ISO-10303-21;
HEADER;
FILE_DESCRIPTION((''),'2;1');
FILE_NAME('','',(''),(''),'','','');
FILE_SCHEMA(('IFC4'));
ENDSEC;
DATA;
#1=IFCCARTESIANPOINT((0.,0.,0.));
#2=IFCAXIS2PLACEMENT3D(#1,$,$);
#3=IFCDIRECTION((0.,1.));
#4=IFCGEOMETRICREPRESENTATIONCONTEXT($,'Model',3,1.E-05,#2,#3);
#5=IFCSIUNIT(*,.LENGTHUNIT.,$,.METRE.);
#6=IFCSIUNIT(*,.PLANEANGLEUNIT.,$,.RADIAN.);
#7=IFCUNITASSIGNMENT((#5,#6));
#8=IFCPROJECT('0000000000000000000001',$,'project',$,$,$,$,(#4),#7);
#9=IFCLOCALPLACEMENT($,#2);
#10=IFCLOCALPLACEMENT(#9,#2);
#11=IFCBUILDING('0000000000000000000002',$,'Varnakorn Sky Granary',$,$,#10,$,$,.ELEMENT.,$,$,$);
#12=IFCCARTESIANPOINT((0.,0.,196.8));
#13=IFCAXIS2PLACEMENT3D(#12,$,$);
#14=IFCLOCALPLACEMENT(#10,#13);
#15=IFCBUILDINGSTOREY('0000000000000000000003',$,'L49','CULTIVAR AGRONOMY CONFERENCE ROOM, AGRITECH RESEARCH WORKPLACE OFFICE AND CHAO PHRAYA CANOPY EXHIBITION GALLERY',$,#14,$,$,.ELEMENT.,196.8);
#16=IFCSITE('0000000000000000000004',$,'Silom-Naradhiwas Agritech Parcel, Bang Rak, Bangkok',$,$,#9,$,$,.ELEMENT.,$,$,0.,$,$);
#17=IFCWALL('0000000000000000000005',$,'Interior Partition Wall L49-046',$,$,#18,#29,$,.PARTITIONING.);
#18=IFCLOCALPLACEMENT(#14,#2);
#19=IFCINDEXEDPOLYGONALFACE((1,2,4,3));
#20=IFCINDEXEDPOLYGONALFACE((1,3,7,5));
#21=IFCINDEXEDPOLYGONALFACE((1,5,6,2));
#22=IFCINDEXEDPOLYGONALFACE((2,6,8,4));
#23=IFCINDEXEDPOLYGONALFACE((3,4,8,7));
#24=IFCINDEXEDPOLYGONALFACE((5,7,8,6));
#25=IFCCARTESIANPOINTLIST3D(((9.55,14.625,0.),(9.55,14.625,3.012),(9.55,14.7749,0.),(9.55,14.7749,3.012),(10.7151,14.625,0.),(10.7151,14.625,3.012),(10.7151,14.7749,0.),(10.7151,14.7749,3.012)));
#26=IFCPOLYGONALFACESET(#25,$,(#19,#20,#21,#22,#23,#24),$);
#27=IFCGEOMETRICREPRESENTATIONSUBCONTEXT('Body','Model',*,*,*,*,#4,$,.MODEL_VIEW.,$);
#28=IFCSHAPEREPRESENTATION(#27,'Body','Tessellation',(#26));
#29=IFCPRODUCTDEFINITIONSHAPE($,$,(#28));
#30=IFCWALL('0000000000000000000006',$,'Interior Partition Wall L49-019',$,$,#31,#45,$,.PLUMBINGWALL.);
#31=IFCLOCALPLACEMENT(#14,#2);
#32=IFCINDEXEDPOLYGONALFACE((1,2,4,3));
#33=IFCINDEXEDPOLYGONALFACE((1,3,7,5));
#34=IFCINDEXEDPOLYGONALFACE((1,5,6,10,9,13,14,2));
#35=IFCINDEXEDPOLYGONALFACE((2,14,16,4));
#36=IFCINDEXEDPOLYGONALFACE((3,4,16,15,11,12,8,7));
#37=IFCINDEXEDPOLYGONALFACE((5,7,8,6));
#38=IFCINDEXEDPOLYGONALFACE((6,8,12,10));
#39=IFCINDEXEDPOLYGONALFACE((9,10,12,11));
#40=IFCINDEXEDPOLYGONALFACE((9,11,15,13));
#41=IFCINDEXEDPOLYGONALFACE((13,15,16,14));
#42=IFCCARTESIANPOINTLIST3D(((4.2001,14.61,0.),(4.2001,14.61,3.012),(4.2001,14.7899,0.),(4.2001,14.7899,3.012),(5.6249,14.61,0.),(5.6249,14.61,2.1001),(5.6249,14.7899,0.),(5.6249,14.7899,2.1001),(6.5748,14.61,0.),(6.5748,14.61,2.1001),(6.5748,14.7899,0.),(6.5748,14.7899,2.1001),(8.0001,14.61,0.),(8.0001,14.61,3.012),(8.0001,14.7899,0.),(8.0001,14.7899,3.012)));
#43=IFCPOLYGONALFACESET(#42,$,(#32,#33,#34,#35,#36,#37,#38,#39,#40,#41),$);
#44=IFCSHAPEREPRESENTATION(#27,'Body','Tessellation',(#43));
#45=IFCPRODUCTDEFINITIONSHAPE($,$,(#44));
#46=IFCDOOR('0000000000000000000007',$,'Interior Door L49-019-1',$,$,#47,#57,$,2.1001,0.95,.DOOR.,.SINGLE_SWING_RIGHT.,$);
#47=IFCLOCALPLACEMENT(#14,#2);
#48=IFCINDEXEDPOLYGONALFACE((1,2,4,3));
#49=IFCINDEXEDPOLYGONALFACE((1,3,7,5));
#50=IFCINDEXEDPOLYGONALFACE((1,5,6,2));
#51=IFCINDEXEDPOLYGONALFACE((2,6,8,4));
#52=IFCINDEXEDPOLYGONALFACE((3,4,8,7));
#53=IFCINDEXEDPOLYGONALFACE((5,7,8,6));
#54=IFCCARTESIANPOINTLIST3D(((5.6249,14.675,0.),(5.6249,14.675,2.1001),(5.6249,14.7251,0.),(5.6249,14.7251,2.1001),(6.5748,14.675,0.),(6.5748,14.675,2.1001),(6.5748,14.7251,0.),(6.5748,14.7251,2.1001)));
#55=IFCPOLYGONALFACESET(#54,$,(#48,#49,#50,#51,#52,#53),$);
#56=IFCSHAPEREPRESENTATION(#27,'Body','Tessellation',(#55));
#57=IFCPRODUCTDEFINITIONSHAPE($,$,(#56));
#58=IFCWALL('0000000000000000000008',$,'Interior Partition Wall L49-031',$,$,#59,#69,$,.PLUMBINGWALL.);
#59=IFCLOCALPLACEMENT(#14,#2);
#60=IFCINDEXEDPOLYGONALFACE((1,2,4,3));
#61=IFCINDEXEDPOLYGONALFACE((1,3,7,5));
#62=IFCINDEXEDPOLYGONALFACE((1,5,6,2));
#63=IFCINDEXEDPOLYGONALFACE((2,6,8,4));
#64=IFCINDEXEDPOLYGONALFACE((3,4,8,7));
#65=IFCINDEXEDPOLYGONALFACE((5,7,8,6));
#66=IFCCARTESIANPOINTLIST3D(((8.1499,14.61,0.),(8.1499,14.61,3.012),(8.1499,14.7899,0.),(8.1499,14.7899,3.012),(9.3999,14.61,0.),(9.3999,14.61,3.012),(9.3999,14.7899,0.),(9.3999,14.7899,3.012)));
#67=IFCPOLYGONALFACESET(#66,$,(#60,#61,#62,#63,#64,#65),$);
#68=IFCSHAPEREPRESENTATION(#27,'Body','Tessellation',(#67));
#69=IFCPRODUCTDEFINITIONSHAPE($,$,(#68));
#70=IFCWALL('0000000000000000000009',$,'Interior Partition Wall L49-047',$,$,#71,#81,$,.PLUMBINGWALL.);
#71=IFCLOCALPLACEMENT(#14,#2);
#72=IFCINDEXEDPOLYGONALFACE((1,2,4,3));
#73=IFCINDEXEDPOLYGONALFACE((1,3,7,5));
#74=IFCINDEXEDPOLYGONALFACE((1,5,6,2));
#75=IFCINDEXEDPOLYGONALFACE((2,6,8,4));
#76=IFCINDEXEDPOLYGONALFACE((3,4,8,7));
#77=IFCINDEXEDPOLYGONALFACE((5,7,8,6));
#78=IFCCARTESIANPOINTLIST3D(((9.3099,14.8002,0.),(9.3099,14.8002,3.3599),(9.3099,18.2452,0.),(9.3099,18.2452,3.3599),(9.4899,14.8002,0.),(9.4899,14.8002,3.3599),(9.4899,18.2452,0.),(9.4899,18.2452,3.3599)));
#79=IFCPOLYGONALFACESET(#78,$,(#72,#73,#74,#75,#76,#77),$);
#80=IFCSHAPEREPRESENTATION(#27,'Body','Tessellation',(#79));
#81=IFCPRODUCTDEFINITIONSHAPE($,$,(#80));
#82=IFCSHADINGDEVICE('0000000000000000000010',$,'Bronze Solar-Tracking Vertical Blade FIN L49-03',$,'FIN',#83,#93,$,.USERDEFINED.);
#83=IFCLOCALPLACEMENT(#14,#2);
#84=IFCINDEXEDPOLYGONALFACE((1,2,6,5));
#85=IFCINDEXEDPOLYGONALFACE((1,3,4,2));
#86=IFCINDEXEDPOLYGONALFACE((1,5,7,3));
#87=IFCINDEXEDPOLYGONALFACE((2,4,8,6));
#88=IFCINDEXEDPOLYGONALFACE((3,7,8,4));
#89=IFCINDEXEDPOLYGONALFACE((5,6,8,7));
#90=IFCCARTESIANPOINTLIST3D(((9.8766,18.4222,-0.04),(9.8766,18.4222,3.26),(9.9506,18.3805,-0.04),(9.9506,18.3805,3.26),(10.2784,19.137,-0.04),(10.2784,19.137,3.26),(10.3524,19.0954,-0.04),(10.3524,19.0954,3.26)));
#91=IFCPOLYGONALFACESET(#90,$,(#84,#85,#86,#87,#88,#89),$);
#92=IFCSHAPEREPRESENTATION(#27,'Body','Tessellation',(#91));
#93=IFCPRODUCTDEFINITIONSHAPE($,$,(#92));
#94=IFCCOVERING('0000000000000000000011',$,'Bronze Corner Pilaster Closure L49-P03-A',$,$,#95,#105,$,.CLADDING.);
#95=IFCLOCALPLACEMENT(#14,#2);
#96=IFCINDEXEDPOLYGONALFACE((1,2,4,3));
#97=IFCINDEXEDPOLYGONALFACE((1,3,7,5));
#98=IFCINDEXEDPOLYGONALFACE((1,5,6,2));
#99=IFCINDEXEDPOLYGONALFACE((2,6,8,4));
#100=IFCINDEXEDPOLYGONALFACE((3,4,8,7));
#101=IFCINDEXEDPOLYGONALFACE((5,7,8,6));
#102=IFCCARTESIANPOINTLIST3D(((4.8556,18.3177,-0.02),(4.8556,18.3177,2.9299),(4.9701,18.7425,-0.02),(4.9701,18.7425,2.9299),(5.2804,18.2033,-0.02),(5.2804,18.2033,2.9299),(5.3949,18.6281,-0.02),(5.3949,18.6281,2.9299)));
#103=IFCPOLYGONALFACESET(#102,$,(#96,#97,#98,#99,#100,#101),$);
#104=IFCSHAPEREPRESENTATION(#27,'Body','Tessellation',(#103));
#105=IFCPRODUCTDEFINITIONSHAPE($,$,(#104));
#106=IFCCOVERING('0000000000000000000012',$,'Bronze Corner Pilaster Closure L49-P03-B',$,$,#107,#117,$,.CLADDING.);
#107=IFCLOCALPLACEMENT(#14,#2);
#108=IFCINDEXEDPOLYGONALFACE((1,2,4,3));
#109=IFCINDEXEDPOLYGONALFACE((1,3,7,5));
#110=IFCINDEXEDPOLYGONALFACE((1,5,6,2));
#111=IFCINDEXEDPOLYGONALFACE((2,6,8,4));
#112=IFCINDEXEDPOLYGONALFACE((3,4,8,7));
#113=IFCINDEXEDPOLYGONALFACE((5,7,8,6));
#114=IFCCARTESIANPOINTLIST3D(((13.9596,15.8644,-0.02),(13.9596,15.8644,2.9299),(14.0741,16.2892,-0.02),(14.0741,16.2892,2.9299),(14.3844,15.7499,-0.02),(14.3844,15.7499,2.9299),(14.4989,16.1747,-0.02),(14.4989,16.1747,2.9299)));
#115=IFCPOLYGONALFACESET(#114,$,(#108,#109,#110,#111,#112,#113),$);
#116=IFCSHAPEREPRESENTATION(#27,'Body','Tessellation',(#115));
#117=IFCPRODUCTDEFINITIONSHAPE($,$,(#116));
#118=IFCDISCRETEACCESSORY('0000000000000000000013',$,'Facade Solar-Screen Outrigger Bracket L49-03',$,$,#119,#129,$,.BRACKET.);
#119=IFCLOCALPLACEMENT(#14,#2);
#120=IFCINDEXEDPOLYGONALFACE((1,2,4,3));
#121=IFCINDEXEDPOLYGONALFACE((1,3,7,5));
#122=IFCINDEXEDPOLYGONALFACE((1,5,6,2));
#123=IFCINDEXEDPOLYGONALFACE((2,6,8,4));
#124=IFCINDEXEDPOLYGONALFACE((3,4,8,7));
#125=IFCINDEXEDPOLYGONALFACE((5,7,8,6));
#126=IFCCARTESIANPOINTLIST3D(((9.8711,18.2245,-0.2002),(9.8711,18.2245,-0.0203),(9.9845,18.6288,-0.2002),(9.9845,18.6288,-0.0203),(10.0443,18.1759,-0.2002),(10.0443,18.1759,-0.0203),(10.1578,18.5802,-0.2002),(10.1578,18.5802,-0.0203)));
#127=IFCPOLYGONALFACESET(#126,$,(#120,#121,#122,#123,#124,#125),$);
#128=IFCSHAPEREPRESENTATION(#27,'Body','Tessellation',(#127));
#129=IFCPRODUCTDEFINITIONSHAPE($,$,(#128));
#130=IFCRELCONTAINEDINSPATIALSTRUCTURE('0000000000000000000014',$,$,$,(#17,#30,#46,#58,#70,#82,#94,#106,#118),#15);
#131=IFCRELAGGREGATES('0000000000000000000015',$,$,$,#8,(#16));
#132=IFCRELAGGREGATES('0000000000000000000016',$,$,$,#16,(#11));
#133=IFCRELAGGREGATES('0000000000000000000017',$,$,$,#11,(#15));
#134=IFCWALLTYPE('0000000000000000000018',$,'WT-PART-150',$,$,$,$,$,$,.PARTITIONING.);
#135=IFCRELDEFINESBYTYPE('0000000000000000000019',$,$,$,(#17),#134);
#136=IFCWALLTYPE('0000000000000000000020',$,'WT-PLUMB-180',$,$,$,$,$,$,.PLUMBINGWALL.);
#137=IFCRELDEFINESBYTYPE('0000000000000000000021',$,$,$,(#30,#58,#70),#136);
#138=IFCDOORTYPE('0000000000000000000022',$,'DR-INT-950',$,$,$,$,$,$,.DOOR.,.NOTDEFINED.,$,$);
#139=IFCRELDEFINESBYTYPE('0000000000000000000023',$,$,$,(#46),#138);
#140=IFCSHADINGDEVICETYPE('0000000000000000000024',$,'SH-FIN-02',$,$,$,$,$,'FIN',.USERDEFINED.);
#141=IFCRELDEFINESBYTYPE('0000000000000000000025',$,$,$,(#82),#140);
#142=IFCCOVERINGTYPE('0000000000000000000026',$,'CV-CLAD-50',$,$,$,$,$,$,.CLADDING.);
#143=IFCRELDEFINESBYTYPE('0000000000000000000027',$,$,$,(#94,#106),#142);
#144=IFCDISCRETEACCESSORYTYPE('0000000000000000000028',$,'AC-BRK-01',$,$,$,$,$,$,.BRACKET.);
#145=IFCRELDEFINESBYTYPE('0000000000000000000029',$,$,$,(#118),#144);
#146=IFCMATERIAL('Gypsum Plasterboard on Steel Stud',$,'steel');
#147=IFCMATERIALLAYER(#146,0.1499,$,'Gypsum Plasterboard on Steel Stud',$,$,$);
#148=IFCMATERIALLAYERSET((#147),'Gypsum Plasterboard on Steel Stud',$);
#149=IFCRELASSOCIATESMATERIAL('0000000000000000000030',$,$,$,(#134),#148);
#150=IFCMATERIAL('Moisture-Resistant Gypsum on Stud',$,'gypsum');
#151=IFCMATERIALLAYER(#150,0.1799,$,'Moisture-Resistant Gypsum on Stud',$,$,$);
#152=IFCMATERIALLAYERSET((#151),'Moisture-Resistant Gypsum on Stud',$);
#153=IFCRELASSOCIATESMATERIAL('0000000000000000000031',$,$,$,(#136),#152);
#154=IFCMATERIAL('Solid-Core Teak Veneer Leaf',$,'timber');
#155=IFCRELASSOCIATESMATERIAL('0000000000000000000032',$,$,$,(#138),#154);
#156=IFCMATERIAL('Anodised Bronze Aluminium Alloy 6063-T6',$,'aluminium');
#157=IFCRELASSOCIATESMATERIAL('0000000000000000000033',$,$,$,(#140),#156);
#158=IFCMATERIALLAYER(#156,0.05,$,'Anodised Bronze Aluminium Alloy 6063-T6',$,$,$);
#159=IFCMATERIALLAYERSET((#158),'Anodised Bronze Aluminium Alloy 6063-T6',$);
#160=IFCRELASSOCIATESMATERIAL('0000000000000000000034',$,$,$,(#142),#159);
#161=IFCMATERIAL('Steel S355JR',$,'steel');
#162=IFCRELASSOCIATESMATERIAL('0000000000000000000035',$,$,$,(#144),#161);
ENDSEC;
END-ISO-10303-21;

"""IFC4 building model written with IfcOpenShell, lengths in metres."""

from ifc_helpers import new_model, si_unit, direction, frame, frame_2d, origin, origin_2d, place, context, subcontext, project, spatial, rectangle, extrude, source, transform, mapped, material, layer, layer_set, type_object, type_shapes, element, fill, save


model = new_model("IFC4")

# Units and contexts
model_context = context("Model", 3, precision=1e-05, world=origin(), true_north=direction((0.0, 1.0)))
body_context = subcontext(model_context, "Body", "Model", "MODEL_VIEW")
ifc_project = project(units=[si_unit("LENGTHUNIT", "METRE"), si_unit("PLANEANGLEUNIT", "RADIAN")], contexts=[model_context])

# Site, building, storey
site_placement = place(None, origin())
site = spatial("IfcSite", under=ifc_project, at=site_placement, Name="Silom-Naradhiwas Agritech Parcel, Bang Rak, Bangkok", CompositionType="ELEMENT", RefElevation=0.0)
building_placement = place(site_placement, origin())
building = spatial("IfcBuilding", under=site, at=building_placement, Name="Varnakorn Sky Granary", CompositionType="ELEMENT")
storey_placement = place(building_placement, frame((0.0, 0.0, 196.8)))
storey = spatial("IfcBuildingStorey", under=building, at=storey_placement, Name="L49", Description="CULTIVAR AGRONOMY CONFERENCE ROOM, AGRITECH RESEARCH WORKPLACE OFFICE AND CHAO PHRAYA CANOPY EXHIBITION GALLERY", CompositionType="ELEMENT", Elevation=196.8)

# Shared definitions
ifc_material_1 = material(Name="Steel S355JR", Category="steel")

# Wall
ifc_material_2 = material(Name="Gypsum Plasterboard on Steel Stud", Category="steel")
ifc_layer_1 = layer(ifc_material_2, 0.1499, Name="Gypsum Plasterboard on Steel Stud")
ifc_layer_set_1 = layer_set([ifc_layer_1], Name="Gypsum Plasterboard on Steel Stud")
wall_type_1 = type_object("IfcWallType", Name="WT-PART-150", PredefinedType="PARTITIONING", material=ifc_layer_set_1)
wall_1_placement = place(storey_placement, frame((10.7151, 14.7, 0.0), z_axis=(0.0, 0.0, 1.0), x_axis=(-1.0, 0.0, 0.0)))
element("IfcWall", 1, at=wall_1_placement, inside=storey, type_object=wall_type_1, Name="Interior Partition Wall L49-046", PredefinedType="PARTITIONING", context=body_context, shape_type="SweptSolid", body=[
    extrude(rectangle(XDim=1.165, YDim=0.1499, at=frame_2d((0.5825, 0.0))), origin(), (0.0, 0.0, 1.0), 3.012),
])

# Wall, opening, door
ifc_material_3 = material(Name="Moisture-Resistant Gypsum on Stud", Category="gypsum")
ifc_layer_2 = layer(ifc_material_3, 0.1799, Name="Moisture-Resistant Gypsum on Stud")
ifc_layer_set_2 = layer_set([ifc_layer_2], Name="Moisture-Resistant Gypsum on Stud")
wall_type_2 = type_object("IfcWallType", Name="WT-PLUMB-180", PredefinedType="PLUMBINGWALL", material=ifc_layer_set_2)
wall_2_placement = place(storey_placement, frame((8.0, 14.7, 0.0), z_axis=(0.0, 0.0, 1.0), x_axis=(-1.0, 0.0, 0.0)))
wall_2 = element("IfcWall", 2, at=wall_2_placement, inside=storey, type_object=wall_type_2, Name="Interior Partition Wall L49-019", PredefinedType="PLUMBINGWALL", context=body_context, shape_type="SweptSolid", body=[
    extrude(rectangle(XDim=3.8, YDim=0.1799, at=frame_2d((1.8999, 0.0))), origin(), (0.0, 0.0, 1.0), 3.012),
])
opening_placement = place(wall_2_placement, frame((1.425, 0.0, 0.0)))
opening = element("IfcOpeningElement", 3, at=opening_placement, cuts=wall_2, PredefinedType="OPENING", context=body_context, shape_type="SweptSolid", body=[
    extrude(rectangle(XDim=0.95, YDim=2.1001, at=frame_2d((0.4751, 1.05))), frame((0.0, 0.1001, 0.0), z_axis=(0.0, -1.0, 0.0), x_axis=(1.0, 0.0, 0.0)), (0.0, 0.0, 1.0), 0.2),
])
ifc_material_4 = material(Name="Solid-Core Teak Veneer Leaf", Category="timber")
door_type = type_object("IfcDoorType", Name="DR-INT-950", OperationType="NOTDEFINED", PredefinedType="DOOR", material=ifc_material_4)
door_placement = place(opening_placement, origin())
door = element("IfcDoor", 4, at=door_placement, inside=storey, type_object=door_type, Name="Interior Door L49-019-1", OperationType="SINGLE_SWING_RIGHT", OverallHeight=2.1001, OverallWidth=0.95, PredefinedType="DOOR", context=body_context, shape_type="SweptSolid", body=[
    extrude(rectangle(XDim=0.95, YDim=2.1001, at=frame_2d((0.4751, 1.05))), frame((0.0, 0.0249, 0.0), z_axis=(0.0, -1.0, 0.0), x_axis=(1.0, 0.0, 0.0)), (0.0, 0.0, 1.0), 0.05),
])
fill(opening, door)

# Walls
wall_3_placement = place(storey_placement, frame((9.3999, 14.7, 0.0), z_axis=(0.0, 0.0, 1.0), x_axis=(-1.0, 0.0, 0.0)))
element("IfcWall", 5, at=wall_3_placement, inside=storey, type_object=wall_type_2, Name="Interior Partition Wall L49-031", PredefinedType="PLUMBINGWALL", context=body_context, shape_type="SweptSolid", body=[
    extrude(rectangle(XDim=1.25, YDim=0.1799, at=frame_2d((0.625, 0.0))), origin(), (0.0, 0.0, 1.0), 3.012),
])
wall_4_placement = place(storey_placement, frame((9.3999, 14.8, 0.0), z_axis=(0.0, 0.0, 1.0), x_axis=(0.0, 1.0, 0.0)))
element("IfcWall", 6, at=wall_4_placement, inside=storey, type_object=wall_type_2, Name="Interior Partition Wall L49-047", PredefinedType="PLUMBINGWALL", context=body_context, shape_type="SweptSolid", body=[
    extrude(rectangle(XDim=3.4451, YDim=0.1799, at=frame_2d((1.7227, 0.0))), origin(), (0.0, 0.0, 1.0), 3.3599),
])

# Shading device
ifc_material_5 = material(Name="Anodised Bronze Aluminium Alloy 6063-T6", Category="aluminium")
shading_device_type = type_object("IfcShadingDeviceType", Name="SH-FIN-02", ElementType="FIN", PredefinedType="USERDEFINED", material=ifc_material_5)
shared_shape_1 = source(origin(), body_context, "Body", "SweptSolid", [
    extrude(rectangle(XDim=0.085, YDim=0.8201, at=origin_2d()), origin(), (0.0, 0.0, 1.0), 3.3),
])
type_shapes(shading_device_type, [shared_shape_1])
shading_device_placement = place(storey_placement, frame((10.1145, 18.7588, -0.04), z_axis=(0.0, 0.0, 1.0), x_axis=(-0.871727, 0.489993, 0.0)))
element("IfcShadingDevice", 7, at=shading_device_placement, inside=storey, type_object=shading_device_type, Name="Bronze Solar-Tracking Vertical Blade FIN L49-03", ObjectType="FIN", PredefinedType="USERDEFINED", context=body_context, shape_type="MappedRepresentation", body=[
    mapped(shared_shape_1, transform((0.0, 0.0, 0.0), x_axis=(1.0, 0.0, 0.0), y_axis=(0.0, 1.0, 0.0), z_axis=(0.0, 0.0, 1.0), scale=1.0)),
])

# Coverings
ifc_layer_3 = layer(ifc_material_5, 0.05, Name="Anodised Bronze Aluminium Alloy 6063-T6")
ifc_layer_set_3 = layer_set([ifc_layer_3], Name="Anodised Bronze Aluminium Alloy 6063-T6")
covering_type = type_object("IfcCoveringType", Name="CV-CLAD-50", PredefinedType="CLADDING", material=ifc_layer_set_3)
shared_shape_2 = source(origin(), body_context, "Body", "SweptSolid", [
    extrude(rectangle(XDim=0.4399, YDim=0.4399, at=origin_2d()), origin(), (0.0, 0.0, 1.0), 2.95),
])
type_shapes(covering_type, [shared_shape_2])
for number, where, z_axis, x_axis, name in (
    (8, (5.1252, 18.4729, -0.02), (0.0, 0.0, 1.0), (0.965564, -0.260167, 0.0), "Bronze Corner Pilaster Closure L49-P03-A"),
    (9, (14.2292, 16.0195, -0.02), (0.0, 0.0, 1.0), (0.965564, -0.260167, 0.0), "Bronze Corner Pilaster Closure L49-P03-B"),
):
    element("IfcCovering", number, at=place(storey_placement, frame(where, z_axis=z_axis, x_axis=x_axis)), inside=storey, type_object=covering_type, Name=name, PredefinedType="CLADDING", context=body_context, shape_type="MappedRepresentation", body=[
        mapped(shared_shape_2, transform((0.0, 0.0, 0.0), x_axis=(1.0, 0.0, 0.0), y_axis=(0.0, 1.0, 0.0), z_axis=(0.0, 0.0, 1.0), scale=1.0)),
    ])

# Discrete accessory
discrete_accessory_type = type_object("IfcDiscreteAccessoryType", Name="AC-BRK-01", PredefinedType="BRACKET", material=ifc_material_1)
shared_shape_3 = source(origin(), body_context, "Body", "SweptSolid", [
    extrude(rectangle(XDim=0.1799, YDim=0.4199, at=origin_2d()), origin(), (0.0, 0.0, 1.0), 0.1799),
])
type_shapes(discrete_accessory_type, [shared_shape_3])
discrete_accessory_placement = place(storey_placement, frame((10.0144, 18.4023, -0.2002), z_axis=(0.0, 0.0, 1.0), x_axis=(-0.962803, 0.270204, 0.0)))
element("IfcDiscreteAccessory", 10, at=discrete_accessory_placement, inside=storey, type_object=discrete_accessory_type, Name="Facade Solar-Screen Outrigger Bracket L49-03", PredefinedType="BRACKET", context=body_context, shape_type="MappedRepresentation", body=[
    mapped(shared_shape_3, transform((0.0, 0.0, 0.0), x_axis=(1.0, 0.0, 0.0), y_axis=(0.0, 1.0, 0.0), z_axis=(0.0, 0.0, 1.0), scale=1.0)),
])

save(model, "model.ifc")
